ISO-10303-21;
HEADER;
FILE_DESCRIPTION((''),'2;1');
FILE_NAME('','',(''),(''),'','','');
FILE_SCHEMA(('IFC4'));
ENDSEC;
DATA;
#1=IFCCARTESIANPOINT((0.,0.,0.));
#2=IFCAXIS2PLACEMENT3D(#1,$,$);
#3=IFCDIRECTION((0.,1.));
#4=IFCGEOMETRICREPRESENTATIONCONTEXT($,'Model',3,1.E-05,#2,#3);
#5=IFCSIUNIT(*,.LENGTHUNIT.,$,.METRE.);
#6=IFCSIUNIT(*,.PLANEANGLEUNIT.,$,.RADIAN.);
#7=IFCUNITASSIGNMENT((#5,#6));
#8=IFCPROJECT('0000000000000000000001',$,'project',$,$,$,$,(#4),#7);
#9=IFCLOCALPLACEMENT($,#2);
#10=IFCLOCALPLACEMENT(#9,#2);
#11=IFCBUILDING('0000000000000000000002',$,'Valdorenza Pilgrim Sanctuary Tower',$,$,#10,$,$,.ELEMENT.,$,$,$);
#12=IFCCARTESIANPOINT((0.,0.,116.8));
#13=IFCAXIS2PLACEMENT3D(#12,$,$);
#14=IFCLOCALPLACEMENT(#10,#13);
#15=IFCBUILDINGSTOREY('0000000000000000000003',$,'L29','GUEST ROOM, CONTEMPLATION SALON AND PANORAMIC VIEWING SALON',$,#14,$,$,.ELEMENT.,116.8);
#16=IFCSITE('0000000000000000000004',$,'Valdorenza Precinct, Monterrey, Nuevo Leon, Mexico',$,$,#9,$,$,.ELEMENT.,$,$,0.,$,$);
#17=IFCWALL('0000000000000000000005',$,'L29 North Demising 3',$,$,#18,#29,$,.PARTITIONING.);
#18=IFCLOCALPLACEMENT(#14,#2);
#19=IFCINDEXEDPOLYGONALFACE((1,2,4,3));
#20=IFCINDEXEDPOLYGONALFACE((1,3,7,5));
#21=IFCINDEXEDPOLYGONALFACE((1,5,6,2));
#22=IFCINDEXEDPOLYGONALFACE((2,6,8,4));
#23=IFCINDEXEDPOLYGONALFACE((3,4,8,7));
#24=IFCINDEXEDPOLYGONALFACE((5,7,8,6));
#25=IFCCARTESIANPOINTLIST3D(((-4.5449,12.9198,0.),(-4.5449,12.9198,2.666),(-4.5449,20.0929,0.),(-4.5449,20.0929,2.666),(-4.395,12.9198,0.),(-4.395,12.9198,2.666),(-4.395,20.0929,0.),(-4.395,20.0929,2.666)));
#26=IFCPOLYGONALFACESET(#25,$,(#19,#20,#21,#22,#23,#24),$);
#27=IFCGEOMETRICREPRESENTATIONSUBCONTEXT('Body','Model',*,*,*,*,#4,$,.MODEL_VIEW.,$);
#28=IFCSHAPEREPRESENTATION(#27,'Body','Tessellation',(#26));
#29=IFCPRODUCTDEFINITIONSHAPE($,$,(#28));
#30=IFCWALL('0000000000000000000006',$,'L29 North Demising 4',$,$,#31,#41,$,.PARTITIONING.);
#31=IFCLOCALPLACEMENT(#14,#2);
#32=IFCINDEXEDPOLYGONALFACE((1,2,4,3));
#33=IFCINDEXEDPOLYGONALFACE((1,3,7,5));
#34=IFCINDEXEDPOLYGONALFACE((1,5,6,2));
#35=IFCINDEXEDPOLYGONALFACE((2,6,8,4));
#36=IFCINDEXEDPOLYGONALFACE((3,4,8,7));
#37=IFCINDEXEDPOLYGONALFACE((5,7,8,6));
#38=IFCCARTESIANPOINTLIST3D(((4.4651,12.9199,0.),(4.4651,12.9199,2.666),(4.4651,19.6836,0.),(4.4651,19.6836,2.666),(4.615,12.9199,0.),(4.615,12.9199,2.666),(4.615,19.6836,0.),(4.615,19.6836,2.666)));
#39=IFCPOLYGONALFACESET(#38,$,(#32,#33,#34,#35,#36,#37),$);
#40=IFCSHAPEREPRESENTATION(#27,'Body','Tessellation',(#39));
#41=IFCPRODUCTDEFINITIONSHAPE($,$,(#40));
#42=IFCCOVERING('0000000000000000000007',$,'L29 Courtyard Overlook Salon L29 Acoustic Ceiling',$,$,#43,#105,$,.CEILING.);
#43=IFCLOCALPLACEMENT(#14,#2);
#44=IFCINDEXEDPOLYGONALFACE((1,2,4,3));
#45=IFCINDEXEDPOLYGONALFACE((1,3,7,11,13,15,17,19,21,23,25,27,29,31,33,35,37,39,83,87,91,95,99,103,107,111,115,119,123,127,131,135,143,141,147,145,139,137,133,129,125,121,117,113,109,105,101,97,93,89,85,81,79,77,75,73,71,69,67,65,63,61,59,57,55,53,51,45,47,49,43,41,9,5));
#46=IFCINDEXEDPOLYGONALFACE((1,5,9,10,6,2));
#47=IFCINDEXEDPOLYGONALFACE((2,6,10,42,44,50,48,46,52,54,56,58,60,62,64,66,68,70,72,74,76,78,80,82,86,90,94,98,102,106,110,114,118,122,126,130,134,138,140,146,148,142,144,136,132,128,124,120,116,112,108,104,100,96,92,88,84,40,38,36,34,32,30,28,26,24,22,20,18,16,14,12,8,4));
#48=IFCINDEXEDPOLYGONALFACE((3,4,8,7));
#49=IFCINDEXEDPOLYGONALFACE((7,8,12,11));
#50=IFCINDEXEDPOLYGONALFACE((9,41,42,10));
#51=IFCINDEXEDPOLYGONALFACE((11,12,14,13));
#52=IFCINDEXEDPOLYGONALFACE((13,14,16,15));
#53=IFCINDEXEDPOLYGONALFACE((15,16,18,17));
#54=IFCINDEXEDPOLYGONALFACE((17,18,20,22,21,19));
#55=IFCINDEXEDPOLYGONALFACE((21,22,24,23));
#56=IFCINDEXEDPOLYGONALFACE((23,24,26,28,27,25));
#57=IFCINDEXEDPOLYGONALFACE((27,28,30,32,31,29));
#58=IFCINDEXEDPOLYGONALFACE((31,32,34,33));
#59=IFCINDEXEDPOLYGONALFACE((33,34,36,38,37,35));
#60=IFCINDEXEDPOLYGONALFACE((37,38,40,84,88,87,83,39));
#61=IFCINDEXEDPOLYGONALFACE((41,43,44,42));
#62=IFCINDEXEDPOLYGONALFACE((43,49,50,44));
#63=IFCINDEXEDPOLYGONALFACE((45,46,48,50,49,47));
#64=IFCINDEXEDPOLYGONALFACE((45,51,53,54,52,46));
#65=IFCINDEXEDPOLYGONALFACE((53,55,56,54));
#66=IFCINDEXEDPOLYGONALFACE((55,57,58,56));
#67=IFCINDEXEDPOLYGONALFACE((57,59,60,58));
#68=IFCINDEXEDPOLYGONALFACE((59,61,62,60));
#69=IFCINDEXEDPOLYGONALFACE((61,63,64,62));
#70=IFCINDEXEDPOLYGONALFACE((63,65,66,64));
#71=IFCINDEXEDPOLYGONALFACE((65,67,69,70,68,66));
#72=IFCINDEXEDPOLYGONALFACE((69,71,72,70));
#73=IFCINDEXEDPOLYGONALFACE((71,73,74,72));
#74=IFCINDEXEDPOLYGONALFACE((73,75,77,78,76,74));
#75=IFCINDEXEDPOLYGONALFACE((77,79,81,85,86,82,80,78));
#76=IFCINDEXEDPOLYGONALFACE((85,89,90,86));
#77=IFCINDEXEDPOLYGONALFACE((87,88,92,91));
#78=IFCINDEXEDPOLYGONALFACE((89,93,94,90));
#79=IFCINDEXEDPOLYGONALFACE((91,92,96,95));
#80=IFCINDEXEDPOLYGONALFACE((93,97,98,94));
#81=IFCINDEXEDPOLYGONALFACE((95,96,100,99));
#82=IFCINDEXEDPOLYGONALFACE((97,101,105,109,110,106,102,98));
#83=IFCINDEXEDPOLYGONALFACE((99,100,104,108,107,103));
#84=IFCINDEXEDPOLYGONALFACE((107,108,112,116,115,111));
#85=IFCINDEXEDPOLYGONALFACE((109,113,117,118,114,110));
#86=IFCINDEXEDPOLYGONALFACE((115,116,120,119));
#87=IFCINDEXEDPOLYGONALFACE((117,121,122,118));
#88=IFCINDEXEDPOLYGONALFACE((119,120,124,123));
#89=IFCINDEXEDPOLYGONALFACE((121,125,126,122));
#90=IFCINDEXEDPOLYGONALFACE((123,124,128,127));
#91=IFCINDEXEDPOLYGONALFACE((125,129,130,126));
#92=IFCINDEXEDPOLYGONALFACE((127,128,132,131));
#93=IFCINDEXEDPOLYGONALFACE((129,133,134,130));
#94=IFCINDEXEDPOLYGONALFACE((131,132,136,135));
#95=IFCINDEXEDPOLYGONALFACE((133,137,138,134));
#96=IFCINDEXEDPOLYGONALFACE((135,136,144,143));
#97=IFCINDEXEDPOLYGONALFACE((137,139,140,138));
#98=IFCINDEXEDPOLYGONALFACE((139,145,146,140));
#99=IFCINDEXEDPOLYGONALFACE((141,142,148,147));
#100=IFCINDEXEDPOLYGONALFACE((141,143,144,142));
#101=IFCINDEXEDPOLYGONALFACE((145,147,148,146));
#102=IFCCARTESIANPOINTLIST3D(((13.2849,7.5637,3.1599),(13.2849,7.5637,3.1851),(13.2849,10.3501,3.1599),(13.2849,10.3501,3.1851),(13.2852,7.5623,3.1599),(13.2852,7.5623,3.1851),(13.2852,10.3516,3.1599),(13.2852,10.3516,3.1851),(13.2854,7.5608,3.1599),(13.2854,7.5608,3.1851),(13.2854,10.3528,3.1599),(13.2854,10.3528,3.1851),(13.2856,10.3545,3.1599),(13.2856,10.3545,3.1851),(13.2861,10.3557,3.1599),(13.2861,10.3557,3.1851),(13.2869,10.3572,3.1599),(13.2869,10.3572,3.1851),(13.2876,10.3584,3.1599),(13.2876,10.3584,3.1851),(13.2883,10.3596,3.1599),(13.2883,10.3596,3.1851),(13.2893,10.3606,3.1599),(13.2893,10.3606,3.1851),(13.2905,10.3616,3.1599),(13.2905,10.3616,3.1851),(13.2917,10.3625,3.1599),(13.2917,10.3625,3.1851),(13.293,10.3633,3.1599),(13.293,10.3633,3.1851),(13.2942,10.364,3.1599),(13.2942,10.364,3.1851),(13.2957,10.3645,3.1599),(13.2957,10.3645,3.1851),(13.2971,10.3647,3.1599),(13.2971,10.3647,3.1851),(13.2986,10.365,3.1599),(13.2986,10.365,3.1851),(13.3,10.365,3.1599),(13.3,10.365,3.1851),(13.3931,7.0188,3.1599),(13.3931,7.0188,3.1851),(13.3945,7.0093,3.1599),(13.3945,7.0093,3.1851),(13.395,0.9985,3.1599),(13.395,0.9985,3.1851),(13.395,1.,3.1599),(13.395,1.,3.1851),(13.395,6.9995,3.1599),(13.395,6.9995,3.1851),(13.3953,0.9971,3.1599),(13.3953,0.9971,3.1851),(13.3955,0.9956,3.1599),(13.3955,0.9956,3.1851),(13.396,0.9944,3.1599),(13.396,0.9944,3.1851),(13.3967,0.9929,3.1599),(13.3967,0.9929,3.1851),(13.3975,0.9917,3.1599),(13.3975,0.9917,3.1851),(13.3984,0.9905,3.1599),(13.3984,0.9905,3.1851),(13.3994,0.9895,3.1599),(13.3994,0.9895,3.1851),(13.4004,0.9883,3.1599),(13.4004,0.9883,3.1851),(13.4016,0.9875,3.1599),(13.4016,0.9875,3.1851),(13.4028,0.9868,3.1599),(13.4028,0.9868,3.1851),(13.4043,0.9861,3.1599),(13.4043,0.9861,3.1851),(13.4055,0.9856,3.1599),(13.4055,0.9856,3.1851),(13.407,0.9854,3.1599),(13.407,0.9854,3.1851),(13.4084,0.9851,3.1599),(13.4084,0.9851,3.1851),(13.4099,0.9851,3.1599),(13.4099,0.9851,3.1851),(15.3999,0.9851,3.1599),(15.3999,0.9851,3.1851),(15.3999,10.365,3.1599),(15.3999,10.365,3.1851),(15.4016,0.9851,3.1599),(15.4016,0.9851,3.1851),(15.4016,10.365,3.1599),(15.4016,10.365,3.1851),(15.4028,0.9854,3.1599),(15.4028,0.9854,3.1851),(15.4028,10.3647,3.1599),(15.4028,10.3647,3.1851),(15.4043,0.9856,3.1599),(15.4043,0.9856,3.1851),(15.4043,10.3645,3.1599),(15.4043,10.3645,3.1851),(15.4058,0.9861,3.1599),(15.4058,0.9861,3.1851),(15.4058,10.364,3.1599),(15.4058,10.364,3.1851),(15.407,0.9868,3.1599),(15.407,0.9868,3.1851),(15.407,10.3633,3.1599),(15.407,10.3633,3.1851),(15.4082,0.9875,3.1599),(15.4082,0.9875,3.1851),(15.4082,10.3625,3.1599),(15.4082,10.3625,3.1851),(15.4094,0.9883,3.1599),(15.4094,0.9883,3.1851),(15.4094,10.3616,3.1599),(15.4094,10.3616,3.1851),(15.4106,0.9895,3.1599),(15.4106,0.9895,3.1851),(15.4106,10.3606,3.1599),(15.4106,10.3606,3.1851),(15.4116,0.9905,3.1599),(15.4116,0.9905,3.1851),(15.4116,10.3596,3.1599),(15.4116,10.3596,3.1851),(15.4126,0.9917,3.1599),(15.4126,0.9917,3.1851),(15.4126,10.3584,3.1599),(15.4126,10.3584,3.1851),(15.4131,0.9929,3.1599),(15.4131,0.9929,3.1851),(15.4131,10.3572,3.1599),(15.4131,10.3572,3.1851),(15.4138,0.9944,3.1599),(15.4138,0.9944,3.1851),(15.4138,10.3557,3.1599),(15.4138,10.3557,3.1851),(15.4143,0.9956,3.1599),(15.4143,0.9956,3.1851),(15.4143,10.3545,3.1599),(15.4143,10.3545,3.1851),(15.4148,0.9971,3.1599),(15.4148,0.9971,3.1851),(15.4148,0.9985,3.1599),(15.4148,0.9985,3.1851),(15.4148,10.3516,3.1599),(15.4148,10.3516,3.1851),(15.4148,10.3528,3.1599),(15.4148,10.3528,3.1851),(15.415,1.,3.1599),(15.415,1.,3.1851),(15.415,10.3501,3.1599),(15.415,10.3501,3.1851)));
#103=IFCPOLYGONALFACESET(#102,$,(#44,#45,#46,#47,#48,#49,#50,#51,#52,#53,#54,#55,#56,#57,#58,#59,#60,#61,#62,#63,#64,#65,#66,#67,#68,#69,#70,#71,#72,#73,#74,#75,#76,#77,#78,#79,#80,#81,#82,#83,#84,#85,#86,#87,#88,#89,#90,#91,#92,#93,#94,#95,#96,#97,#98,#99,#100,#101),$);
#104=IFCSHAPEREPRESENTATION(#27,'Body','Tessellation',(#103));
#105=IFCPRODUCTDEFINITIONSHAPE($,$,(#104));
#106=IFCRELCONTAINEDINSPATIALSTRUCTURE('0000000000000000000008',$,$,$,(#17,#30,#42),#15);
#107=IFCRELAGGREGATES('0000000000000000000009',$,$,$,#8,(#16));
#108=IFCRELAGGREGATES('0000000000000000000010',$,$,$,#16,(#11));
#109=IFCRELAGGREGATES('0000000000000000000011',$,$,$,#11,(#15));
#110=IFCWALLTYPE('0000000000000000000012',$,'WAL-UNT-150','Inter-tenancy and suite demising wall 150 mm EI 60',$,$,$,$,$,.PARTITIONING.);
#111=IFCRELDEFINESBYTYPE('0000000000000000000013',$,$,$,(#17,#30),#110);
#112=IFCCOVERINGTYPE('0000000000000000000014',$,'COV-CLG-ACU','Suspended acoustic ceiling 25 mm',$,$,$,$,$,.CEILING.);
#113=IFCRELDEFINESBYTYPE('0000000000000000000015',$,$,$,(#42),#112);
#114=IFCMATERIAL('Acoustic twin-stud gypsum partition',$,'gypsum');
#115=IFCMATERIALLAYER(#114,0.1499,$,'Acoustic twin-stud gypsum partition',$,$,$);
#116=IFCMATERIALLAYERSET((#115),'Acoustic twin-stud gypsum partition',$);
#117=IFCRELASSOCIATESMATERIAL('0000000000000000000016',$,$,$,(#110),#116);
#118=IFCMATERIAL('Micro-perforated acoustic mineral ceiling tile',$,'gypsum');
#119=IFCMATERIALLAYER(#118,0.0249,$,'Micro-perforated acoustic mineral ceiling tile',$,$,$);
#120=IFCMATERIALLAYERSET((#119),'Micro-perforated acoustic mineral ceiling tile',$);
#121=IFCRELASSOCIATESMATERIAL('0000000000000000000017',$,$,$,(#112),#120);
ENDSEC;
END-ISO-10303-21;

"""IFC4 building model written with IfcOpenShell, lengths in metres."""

from ifc_helpers import new_model, si_unit, direction, frame, frame_2d, origin, place, context, subcontext, project, spatial, polyline, rectangle, outline, extrude, material, layer, layer_set, type_object, element, save


model = new_model("IFC4")

# Units and contexts
model_context = context("Model", 3, precision=1e-05, world=origin(), true_north=direction((0.0, 1.0)))
body_context = subcontext(model_context, "Body", "Model", "MODEL_VIEW")
ifc_project = project(units=[si_unit("LENGTHUNIT", "METRE"), si_unit("PLANEANGLEUNIT", "RADIAN")], contexts=[model_context])

# Site, building, storey
site_placement = place(None, origin())
site = spatial("IfcSite", under=ifc_project, at=site_placement, Name="Valdorenza Precinct, Monterrey, Nuevo Leon, Mexico", CompositionType="ELEMENT", RefElevation=0.0)
building_placement = place(site_placement, origin())
building = spatial("IfcBuilding", under=site, at=building_placement, Name="Valdorenza Pilgrim Sanctuary Tower", CompositionType="ELEMENT")
storey_placement = place(building_placement, frame((0.0, 0.0, 116.8)))
storey = spatial("IfcBuildingStorey", under=building, at=storey_placement, Name="L29", Description="GUEST ROOM, CONTEMPLATION SALON AND PANORAMIC VIEWING SALON", CompositionType="ELEMENT", Elevation=116.8)

# Walls
ifc_material_1 = material(Name="Acoustic twin-stud gypsum partition", Category="gypsum")
ifc_layer_1 = layer(ifc_material_1, 0.1499, Name="Acoustic twin-stud gypsum partition")
ifc_layer_set_1 = layer_set([ifc_layer_1], Name="Acoustic twin-stud gypsum partition")
wall_type_1 = type_object("IfcWallType", Name="WAL-UNT-150", Description="Inter-tenancy and suite demising wall 150 mm EI 60", PredefinedType="PARTITIONING", material=ifc_layer_set_1)
wall_1_placement = place(storey_placement, frame((-4.47, 12.9199, 0.0), z_axis=(0.0, 0.0, 1.0), x_axis=(0.0, 1.0, 0.0)))
element("IfcWall", 1, at=wall_1_placement, inside=storey, type_object=wall_type_1, Name="L29 North Demising 3", PredefinedType="PARTITIONING", context=body_context, shape_type="SweptSolid", body=[
    extrude(rectangle(XDim=7.1731, YDim=0.1499, at=frame_2d((3.5864, 0.0))), origin(), (0.0, 0.0, 1.0), 2.666),
])
wall_2_placement = place(storey_placement, frame((4.54, 12.9199, 0.0), z_axis=(0.0, 0.0, 1.0), x_axis=(0.0, 1.0, 0.0)))
element("IfcWall", 2, at=wall_2_placement, inside=storey, type_object=wall_type_1, Name="L29 North Demising 4", PredefinedType="PARTITIONING", context=body_context, shape_type="SweptSolid", body=[
    extrude(rectangle(XDim=6.7637, YDim=0.1499, at=frame_2d((3.3818, 0.0))), origin(), (0.0, 0.0, 1.0), 2.666),
])

# Covering
ifc_material_2 = material(Name="Micro-perforated acoustic mineral ceiling tile", Category="gypsum")
ifc_layer_2 = layer(ifc_material_2, 0.0249, Name="Micro-perforated acoustic mineral ceiling tile")
ifc_layer_set_2 = layer_set([ifc_layer_2], Name="Micro-perforated acoustic mineral ceiling tile")
covering_type = type_object("IfcCoveringType", Name="COV-CLG-ACU", Description="Suspended acoustic ceiling 25 mm", PredefinedType="CEILING", material=ifc_layer_set_2)
covering_placement = place(storey_placement, frame((0.0, 0.0, 3.1599)))
element("IfcCovering", 3, at=covering_placement, inside=storey, type_object=covering_type, Name="L29 Courtyard Overlook Salon L29 Acoustic Ceiling", PredefinedType="CEILING", context=body_context, shape_type="SweptSolid", body=[
    extrude(outline(polyline([(15.3999, 10.365), (15.4016, 10.365), (15.4028, 10.3647), (15.4043, 10.3645), (15.4058, 10.364), (15.407, 10.3633), (15.4082, 10.3625), (15.4094, 10.3616), (15.4106, 10.3606), (15.4116, 10.3596), (15.4126, 10.3584), (15.4131, 10.3572), (15.4138, 10.3557), (15.4143, 10.3545), (15.4148, 10.3528), (15.4148, 10.3516), (15.415, 10.3501), (15.415, 1.0), (15.4148, 0.9985), (15.4148, 0.9971), (15.4143, 0.9956), (15.4138, 0.9944), (15.4131, 0.9929), (15.4126, 0.9917), (15.4116, 0.9905), (15.4106, 0.9895), (15.4094, 0.9883), (15.4082, 0.9875), (15.407, 0.9868), (15.4058, 0.9861), (15.4043, 0.9856), (15.4028, 0.9854), (15.4016, 0.9851), (15.3999, 0.9851), (13.4099, 0.9851), (13.4084, 0.9851), (13.407, 0.9854), (13.4055, 0.9856), (13.4043, 0.9861), (13.4028, 0.9868), (13.4016, 0.9875), (13.4004, 0.9883), (13.3994, 0.9895), (13.3984, 0.9905), (13.3975, 0.9917), (13.3967, 0.9929), (13.396, 0.9944), (13.3955, 0.9956), (13.3953, 0.9971), (13.395, 0.9985), (13.395, 1.0), (13.395, 6.9995), (13.3945, 7.0093), (13.3931, 7.0188), (13.2854, 7.5608), (13.2852, 7.5623), (13.2849, 7.5637), (13.2849, 10.3501), (13.2852, 10.3516), (13.2854, 10.3528), (13.2856, 10.3545), (13.2861, 10.3557), (13.2869, 10.3572), (13.2876, 10.3584), (13.2883, 10.3596), (13.2893, 10.3606), (13.2905, 10.3616), (13.2917, 10.3625), (13.293, 10.3633), (13.2942, 10.364), (13.2957, 10.3645), (13.2971, 10.3647), (13.2986, 10.365), (13.3, 10.365), (15.3999, 10.365)])), origin(), (0.0, 0.0, 1.0), 0.0251),
])

save(model, "model.ifc")
